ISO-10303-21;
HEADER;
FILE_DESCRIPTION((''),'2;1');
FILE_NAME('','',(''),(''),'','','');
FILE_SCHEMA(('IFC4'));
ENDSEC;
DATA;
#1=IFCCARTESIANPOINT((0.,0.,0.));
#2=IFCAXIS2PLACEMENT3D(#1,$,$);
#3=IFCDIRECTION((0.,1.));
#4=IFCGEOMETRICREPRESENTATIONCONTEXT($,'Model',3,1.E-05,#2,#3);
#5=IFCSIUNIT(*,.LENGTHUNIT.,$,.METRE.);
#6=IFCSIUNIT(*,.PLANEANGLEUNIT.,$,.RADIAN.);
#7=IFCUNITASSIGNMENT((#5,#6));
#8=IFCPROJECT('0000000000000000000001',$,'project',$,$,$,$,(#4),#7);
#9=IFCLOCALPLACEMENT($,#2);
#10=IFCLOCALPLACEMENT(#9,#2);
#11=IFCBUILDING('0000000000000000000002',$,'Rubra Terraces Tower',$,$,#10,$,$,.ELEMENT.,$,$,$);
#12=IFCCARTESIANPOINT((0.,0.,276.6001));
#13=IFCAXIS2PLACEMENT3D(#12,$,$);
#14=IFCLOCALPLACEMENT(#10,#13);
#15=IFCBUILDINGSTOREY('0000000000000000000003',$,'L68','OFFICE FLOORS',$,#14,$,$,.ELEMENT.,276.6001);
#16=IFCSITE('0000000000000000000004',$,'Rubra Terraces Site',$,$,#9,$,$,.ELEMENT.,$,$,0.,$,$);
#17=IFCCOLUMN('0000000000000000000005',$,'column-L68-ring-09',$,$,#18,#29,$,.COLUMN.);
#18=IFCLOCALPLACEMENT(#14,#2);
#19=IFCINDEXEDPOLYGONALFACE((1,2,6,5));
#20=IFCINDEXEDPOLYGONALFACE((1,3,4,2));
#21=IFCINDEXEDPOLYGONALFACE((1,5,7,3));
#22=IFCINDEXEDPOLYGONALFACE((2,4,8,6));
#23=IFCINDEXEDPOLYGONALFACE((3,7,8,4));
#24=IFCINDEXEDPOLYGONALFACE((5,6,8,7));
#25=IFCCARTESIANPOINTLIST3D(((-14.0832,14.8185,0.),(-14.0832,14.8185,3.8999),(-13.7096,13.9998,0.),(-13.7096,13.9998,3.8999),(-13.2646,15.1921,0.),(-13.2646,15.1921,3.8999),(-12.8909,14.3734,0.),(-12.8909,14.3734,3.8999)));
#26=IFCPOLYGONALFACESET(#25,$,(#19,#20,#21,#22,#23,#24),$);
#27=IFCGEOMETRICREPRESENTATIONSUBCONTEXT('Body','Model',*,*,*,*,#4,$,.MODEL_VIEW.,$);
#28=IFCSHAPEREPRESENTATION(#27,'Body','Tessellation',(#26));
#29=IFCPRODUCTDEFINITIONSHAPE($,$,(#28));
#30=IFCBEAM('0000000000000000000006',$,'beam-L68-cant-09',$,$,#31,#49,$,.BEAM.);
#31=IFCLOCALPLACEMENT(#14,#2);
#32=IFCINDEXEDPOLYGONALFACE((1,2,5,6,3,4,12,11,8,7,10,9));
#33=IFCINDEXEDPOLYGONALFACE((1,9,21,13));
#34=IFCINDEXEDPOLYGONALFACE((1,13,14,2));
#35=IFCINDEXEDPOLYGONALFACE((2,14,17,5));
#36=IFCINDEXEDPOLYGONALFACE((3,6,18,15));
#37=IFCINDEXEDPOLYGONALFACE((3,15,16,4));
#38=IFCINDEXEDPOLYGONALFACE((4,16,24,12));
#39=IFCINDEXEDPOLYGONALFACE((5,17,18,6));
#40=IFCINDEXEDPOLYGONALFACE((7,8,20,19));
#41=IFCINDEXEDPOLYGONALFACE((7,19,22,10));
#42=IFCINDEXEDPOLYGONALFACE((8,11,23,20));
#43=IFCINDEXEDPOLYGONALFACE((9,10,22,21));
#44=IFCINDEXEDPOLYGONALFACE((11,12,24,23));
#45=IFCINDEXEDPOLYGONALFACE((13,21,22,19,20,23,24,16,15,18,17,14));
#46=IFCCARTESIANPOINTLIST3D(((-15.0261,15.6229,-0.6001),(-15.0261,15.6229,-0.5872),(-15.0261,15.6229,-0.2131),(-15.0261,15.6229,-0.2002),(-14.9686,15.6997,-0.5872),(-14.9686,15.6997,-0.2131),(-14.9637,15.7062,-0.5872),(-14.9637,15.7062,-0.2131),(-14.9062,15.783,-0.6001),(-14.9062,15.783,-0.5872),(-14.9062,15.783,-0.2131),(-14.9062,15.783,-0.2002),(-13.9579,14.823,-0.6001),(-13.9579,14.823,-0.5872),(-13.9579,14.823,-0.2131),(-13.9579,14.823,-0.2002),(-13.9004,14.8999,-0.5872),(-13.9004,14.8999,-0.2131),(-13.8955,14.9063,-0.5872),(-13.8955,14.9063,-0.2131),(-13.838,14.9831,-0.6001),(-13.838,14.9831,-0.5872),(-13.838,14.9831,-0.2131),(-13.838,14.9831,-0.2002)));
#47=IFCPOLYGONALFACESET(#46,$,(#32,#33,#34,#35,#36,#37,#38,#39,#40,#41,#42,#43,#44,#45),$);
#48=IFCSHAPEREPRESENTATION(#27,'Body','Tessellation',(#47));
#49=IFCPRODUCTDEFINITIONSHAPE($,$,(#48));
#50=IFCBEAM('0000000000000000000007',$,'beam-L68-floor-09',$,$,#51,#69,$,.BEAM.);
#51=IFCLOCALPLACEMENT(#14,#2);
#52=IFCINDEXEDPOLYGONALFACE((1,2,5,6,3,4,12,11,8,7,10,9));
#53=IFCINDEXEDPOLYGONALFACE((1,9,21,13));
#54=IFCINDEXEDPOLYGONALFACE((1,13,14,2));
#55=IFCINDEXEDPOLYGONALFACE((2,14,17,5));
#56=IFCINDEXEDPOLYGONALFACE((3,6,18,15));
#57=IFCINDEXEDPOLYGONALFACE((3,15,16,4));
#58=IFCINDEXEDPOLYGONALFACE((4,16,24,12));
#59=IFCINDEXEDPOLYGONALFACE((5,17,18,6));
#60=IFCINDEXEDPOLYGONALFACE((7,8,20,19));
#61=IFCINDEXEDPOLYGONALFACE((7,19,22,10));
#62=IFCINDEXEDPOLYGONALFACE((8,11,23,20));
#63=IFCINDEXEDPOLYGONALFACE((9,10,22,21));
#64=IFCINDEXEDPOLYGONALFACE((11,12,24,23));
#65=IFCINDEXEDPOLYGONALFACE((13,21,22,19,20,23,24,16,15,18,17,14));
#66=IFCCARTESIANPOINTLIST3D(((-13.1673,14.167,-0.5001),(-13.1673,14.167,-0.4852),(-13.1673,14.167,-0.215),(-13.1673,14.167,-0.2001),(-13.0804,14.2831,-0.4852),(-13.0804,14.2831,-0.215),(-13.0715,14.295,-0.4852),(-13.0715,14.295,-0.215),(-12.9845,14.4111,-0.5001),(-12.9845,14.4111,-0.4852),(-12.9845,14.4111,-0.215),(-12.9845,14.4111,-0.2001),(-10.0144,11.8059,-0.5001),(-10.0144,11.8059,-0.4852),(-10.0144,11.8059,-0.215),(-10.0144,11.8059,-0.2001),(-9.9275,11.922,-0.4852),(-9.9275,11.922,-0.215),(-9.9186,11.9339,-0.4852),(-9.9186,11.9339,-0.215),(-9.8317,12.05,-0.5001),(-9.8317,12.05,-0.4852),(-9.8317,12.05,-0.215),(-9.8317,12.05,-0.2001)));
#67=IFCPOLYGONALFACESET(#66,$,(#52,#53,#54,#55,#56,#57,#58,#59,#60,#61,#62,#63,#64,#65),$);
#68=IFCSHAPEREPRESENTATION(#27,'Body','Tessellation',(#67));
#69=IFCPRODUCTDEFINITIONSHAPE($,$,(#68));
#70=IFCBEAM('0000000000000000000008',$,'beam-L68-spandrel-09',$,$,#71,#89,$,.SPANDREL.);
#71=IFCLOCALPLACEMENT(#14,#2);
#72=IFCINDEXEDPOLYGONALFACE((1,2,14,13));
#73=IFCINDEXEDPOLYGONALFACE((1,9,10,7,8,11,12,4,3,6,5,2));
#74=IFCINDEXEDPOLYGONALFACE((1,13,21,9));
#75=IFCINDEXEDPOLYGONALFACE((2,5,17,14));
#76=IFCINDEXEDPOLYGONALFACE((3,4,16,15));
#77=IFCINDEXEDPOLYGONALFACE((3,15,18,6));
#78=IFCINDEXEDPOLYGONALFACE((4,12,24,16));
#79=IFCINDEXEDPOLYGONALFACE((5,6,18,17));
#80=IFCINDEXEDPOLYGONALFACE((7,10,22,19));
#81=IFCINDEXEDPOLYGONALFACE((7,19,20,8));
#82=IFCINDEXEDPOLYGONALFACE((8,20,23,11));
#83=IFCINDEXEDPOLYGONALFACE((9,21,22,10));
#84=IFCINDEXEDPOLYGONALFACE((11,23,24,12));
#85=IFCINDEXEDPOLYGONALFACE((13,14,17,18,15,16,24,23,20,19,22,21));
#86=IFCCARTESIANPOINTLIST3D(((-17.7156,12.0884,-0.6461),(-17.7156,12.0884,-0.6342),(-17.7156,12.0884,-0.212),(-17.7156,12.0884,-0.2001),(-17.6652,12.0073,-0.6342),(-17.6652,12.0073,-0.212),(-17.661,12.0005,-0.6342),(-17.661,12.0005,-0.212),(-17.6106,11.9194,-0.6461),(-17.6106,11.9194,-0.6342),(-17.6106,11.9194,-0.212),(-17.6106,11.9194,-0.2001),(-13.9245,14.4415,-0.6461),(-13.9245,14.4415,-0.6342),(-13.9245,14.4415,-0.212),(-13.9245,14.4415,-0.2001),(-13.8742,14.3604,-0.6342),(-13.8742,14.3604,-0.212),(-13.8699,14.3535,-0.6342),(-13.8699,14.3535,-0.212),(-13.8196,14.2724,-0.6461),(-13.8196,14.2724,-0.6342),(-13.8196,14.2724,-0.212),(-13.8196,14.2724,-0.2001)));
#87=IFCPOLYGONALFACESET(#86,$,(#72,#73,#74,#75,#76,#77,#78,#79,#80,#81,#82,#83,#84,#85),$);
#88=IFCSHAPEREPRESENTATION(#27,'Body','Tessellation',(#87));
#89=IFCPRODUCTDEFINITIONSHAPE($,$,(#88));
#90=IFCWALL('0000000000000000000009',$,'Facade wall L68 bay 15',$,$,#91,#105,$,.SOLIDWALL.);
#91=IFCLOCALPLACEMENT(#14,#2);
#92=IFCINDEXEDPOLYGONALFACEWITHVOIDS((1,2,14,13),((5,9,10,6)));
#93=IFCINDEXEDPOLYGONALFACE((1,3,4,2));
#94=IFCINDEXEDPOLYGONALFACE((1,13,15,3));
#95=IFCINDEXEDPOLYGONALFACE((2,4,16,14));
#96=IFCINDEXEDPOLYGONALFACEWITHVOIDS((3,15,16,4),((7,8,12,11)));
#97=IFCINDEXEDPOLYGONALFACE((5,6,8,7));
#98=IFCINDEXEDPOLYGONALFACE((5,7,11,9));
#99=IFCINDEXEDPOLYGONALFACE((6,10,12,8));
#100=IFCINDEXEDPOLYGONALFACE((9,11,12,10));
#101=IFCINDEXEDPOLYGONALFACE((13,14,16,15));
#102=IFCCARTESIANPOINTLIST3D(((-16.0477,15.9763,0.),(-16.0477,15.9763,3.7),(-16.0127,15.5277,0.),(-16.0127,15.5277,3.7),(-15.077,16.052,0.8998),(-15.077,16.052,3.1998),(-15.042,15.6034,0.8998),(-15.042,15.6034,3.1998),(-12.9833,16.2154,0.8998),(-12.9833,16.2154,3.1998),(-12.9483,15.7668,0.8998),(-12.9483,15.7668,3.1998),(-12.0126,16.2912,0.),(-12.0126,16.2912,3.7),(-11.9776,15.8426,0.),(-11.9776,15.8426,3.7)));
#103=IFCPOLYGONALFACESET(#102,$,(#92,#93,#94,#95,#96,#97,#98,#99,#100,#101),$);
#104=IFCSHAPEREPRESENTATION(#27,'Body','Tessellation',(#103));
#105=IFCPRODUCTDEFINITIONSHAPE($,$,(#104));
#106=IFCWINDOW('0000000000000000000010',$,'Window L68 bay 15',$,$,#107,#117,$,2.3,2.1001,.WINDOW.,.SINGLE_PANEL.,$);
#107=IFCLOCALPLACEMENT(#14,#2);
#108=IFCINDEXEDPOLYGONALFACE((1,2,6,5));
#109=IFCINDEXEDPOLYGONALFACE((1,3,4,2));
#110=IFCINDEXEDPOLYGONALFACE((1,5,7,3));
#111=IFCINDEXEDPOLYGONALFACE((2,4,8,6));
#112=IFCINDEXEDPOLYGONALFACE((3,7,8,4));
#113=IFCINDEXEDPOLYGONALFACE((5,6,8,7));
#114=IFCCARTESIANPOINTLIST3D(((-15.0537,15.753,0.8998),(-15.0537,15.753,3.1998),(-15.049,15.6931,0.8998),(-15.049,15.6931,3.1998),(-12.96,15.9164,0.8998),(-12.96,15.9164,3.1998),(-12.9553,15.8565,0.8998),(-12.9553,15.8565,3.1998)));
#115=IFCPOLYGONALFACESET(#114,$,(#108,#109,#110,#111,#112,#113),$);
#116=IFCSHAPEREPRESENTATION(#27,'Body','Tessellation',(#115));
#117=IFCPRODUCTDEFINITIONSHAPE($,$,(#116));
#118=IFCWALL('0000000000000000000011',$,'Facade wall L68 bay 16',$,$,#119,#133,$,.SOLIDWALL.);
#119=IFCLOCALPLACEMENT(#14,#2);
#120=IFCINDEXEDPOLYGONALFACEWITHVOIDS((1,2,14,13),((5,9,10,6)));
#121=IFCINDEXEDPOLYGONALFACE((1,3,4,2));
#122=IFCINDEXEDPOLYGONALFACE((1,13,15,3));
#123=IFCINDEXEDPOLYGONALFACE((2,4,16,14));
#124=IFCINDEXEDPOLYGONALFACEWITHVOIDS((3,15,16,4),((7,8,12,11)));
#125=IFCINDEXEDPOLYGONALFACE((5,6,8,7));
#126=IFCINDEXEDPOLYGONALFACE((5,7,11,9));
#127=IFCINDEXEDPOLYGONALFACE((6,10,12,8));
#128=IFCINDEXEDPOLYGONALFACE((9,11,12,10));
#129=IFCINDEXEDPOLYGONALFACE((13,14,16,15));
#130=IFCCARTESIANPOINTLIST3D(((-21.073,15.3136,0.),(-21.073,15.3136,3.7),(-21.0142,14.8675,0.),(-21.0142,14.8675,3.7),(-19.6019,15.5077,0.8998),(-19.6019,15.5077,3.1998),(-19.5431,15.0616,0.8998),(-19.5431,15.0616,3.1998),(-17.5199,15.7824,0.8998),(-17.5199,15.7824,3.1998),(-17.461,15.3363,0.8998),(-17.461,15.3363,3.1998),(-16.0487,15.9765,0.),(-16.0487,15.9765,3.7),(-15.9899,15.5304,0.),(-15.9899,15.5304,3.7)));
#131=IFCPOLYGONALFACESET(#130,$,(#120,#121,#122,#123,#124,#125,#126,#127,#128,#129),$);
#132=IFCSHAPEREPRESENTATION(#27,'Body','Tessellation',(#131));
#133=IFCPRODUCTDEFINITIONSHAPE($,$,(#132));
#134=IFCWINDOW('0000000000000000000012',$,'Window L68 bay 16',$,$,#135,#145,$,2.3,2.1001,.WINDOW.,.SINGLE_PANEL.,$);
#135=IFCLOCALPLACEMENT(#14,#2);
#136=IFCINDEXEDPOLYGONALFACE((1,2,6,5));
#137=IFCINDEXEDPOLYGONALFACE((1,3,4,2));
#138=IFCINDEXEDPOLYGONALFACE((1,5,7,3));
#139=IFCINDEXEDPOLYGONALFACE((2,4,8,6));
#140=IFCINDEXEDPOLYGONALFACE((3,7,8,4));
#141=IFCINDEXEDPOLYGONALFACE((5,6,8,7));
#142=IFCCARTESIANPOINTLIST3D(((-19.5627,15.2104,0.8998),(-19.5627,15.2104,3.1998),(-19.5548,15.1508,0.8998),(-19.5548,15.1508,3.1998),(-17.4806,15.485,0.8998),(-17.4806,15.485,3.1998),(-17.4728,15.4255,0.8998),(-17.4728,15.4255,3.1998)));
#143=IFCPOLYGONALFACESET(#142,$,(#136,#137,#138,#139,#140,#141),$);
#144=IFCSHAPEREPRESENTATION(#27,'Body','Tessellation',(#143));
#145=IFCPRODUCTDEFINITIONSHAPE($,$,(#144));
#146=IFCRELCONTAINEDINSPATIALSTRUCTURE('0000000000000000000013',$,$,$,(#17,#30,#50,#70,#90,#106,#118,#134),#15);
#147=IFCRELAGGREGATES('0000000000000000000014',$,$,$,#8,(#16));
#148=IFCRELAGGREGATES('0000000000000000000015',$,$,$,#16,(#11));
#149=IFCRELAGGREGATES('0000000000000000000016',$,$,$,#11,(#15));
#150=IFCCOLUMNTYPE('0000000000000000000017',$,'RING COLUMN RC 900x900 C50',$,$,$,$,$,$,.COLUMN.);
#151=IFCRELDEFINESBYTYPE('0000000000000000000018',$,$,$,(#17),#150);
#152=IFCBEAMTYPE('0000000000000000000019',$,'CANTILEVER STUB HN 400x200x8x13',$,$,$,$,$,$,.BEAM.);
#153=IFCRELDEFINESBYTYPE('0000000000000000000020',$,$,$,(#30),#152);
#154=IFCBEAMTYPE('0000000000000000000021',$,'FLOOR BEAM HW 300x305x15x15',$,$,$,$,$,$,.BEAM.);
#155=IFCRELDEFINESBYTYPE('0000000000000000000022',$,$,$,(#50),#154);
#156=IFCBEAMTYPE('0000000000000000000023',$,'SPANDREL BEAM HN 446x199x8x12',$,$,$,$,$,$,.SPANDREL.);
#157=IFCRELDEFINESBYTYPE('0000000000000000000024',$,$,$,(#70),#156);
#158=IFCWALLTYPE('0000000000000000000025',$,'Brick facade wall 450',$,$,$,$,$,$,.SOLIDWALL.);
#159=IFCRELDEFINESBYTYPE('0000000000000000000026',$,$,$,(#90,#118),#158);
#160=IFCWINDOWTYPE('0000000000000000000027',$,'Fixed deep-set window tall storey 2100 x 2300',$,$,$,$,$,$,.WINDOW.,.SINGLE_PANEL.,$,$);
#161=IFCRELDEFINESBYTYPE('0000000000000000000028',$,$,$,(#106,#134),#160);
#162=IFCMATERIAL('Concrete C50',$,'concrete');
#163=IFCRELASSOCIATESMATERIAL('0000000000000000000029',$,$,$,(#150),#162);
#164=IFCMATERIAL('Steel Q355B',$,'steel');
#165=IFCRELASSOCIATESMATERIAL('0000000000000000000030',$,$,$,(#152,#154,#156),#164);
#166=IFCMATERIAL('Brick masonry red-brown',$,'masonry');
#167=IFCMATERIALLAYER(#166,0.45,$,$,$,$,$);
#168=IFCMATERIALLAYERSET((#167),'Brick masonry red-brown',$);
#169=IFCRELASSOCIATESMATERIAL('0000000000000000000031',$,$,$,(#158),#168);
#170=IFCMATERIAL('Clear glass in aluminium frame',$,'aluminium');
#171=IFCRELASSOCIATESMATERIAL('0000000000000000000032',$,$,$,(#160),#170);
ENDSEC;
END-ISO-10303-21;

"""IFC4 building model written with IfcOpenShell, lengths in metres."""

from ifc_helpers import new_model, si_unit, direction, frame, frame_2d, origin, origin_2d, place, context, subcontext, project, spatial, rectangle, i_section, extrude, material, layer, layer_set, material_profile, profile_set, type_object, element, fill, save


model = new_model("IFC4")

# Units and contexts
model_context = context("Model", 3, precision=1e-05, world=origin(), true_north=direction((0.0, 1.0)))
body_context = subcontext(model_context, "Body", "Model", "MODEL_VIEW")
ifc_project = project(units=[si_unit("LENGTHUNIT", "METRE"), si_unit("PLANEANGLEUNIT", "RADIAN")], contexts=[model_context])

# Site, building, storey
site_placement = place(None, origin())
site = spatial("IfcSite", under=ifc_project, at=site_placement, Name="Rubra Terraces Site", CompositionType="ELEMENT", RefElevation=0.0)
building_placement = place(site_placement, origin())
building = spatial("IfcBuilding", under=site, at=building_placement, Name="Rubra Terraces Tower", CompositionType="ELEMENT")
storey_placement = place(building_placement, frame((0.0, 0.0, 276.6001)))
storey = spatial("IfcBuildingStorey", under=building, at=storey_placement, Name="L68", Description="OFFICE FLOORS", CompositionType="ELEMENT", Elevation=276.6001)

# Column
ifc_material_1 = material(Name="Concrete C50", Category="concrete")
ifc_material_profile_1 = material_profile(ifc_material_1, rectangle(XDim=0.8999, YDim=0.8999, at=origin_2d()), Name="RC 900x900")
ifc_profile_set_1 = profile_set([ifc_material_profile_1], Name="Concrete C50")
column_type = type_object("IfcColumnType", Name="RING COLUMN RC 900x900 C50", PredefinedType="COLUMN", material=ifc_profile_set_1)
column_placement = place(storey_placement, frame((-13.4871, 14.5959, 0.0), z_axis=(0.0, 0.0, 1.0), x_axis=(-0.909726, -0.415208, 0.0)))
element("IfcColumn", 1, at=column_placement, inside=storey, type_object=column_type, Name="column-L68-ring-09", PredefinedType="COLUMN", context=body_context, shape_type="SweptSolid", body=[
    extrude(rectangle(XDim=0.8999, YDim=0.8999, at=origin_2d()), origin(), (0.0, 0.0, 1.0), 3.8999),
])

# Beams
ifc_material_2 = material(Name="Steel Q355B", Category="steel")
ifc_material_profile_2 = material_profile(ifc_material_2, i_section(OverallWidth=0.2, OverallDepth=0.3999, WebThickness=0.0081, FlangeThickness=0.0129, at=origin_2d()), Name="HN 400x200x8x13")
ifc_profile_set_2 = profile_set([ifc_material_profile_2], Name="Steel Q355B")
beam_type_1 = type_object("IfcBeamType", Name="CANTILEVER STUB HN 400x200x8x13", PredefinedType="BEAM", material=ifc_profile_set_2)
beam_1_placement = place(storey_placement, frame((-13.8979, 14.9031, -0.4001), z_axis=(-0.800461, 0.599385, 0.0), x_axis=(-0.599385, -0.800461, 0.0)))
element("IfcBeam", 2, at=beam_1_placement, inside=storey, type_object=beam_type_1, Name="beam-L68-cant-09", PredefinedType="BEAM", context=body_context, shape_type="SweptSolid", body=[
    extrude(i_section(OverallWidth=0.2, OverallDepth=0.3999, WebThickness=0.0081, FlangeThickness=0.0129, at=origin_2d()), origin(), (0.0, 0.0, 1.0), 1.3345),
])
ifc_material_profile_3 = material_profile(ifc_material_2, i_section(OverallWidth=0.3049, OverallDepth=0.3, WebThickness=0.0149, FlangeThickness=0.0149, at=origin_2d()), Name="HW 300x305x15x15")
ifc_profile_set_3 = profile_set([ifc_material_profile_3], Name="Steel Q355B")
beam_type_2 = type_object("IfcBeamType", Name="FLOOR BEAM HW 300x305x15x15", PredefinedType="BEAM", material=ifc_profile_set_3)
beam_2_placement = place(storey_placement, frame((-13.0759, 14.2891, -0.3501), z_axis=(0.800431, -0.599425, 0.0), x_axis=(0.599425, 0.800431, 0.0)))
element("IfcBeam", 3, at=beam_2_placement, inside=storey, type_object=beam_type_2, Name="beam-L68-floor-09", PredefinedType="BEAM", context=body_context, shape_type="SweptSolid", body=[
    extrude(i_section(OverallWidth=0.3049, OverallDepth=0.3, WebThickness=0.0149, FlangeThickness=0.0149, at=origin_2d()), origin(), (0.0, 0.0, 1.0), 3.939),
])
ifc_material_profile_4 = material_profile(ifc_material_2, i_section(OverallWidth=0.199, OverallDepth=0.446, WebThickness=0.0081, FlangeThickness=0.012, at=origin_2d()), Name="HN 446x199x8x12")
ifc_profile_set_4 = profile_set([ifc_material_profile_4], Name="Steel Q355B")
beam_type_3 = type_object("IfcBeamType", Name="SPANDREL BEAM HN 446x199x8x12", PredefinedType="SPANDREL", material=ifc_profile_set_4)
beam_3_placement = place(storey_placement, frame((-13.8721, 14.3569, -0.4231), z_axis=(-0.849642, -0.52736, 0.0), x_axis=(0.52736, -0.849642, 0.0)))
element("IfcBeam", 4, at=beam_3_placement, inside=storey, type_object=beam_type_3, Name="beam-L68-spandrel-09", PredefinedType="SPANDREL", context=body_context, shape_type="SweptSolid", body=[
    extrude(i_section(OverallWidth=0.199, OverallDepth=0.446, WebThickness=0.0081, FlangeThickness=0.012, at=origin_2d()), origin(), (0.0, 0.0, 1.0), 4.4619),
])

# Walls, openings, windows
ifc_material_3 = material(Name="Brick masonry red-brown", Category="masonry")
ifc_layer_1 = layer(ifc_material_3, 0.45)
ifc_layer_set_1 = layer_set([ifc_layer_1], Name="Brick masonry red-brown")
wall_type_1 = type_object("IfcWallType", Name="Brick facade wall 450", PredefinedType="SOLIDWALL", material=ifc_layer_set_1)
wall_1_placement = place(storey_placement, frame((-11.9951, 16.0669, 0.0), z_axis=(0.0, 0.0, 1.0), x_axis=(-0.996968, -0.077813, 0.0)))
wall_1 = element("IfcWall", 5, at=wall_1_placement, inside=storey, type_object=wall_type_1, Name="Facade wall L68 bay 15", PredefinedType="SOLIDWALL", context=body_context, shape_type="SweptSolid", body=[
    extrude(rectangle(XDim=4.0474, YDim=0.45, at=frame_2d((2.0237, 0.0))), origin(), (0.0, 0.0, 1.0), 3.7),
])
opening_1_placement = place(wall_1_placement, frame((0.9736, 0.0, 0.8999)))
opening_1 = element("IfcOpeningElement", 6, at=opening_1_placement, cuts=wall_1, PredefinedType="OPENING", context=body_context, shape_type="SweptSolid", body=[
    extrude(rectangle(XDim=2.1001, YDim=2.3, at=frame_2d((1.05, 1.1499))), frame((0.0, 0.2349, 0.0), z_axis=(0.0, -1.0, 0.0), x_axis=(1.0, 0.0, 0.0)), (0.0, 0.0, 1.0), 0.47),
])
ifc_material_4 = material(Name="Clear glass in aluminium frame", Category="aluminium")
window_type = type_object("IfcWindowType", Name="Fixed deep-set window tall storey 2100 x 2300", PartitioningType="SINGLE_PANEL", PredefinedType="WINDOW", material=ifc_material_4)
window_1_placement = place(opening_1_placement, origin())
window_1 = element("IfcWindow", 7, at=window_1_placement, inside=storey, type_object=window_type, Name="Window L68 bay 15", OverallHeight=2.3, OverallWidth=2.1001, PartitioningType="SINGLE_PANEL", PredefinedType="WINDOW", context=body_context, shape_type="SweptSolid", body=[
    extrude(rectangle(XDim=2.1001, YDim=2.3, at=frame_2d((1.05, 1.1499))), frame((0.0, 0.135, 0.0), z_axis=(0.0, -1.0, 0.0), x_axis=(1.0, 0.0, 0.0)), (0.0, 0.0, 1.0), 0.0601),
])
fill(opening_1, window_1)
wall_2_placement = place(storey_placement, frame((-16.0193, 15.7534, 0.0), z_axis=(0.0, 0.0, 1.0), x_axis=(-0.99141, -0.130791, 0.0)))
wall_2 = element("IfcWall", 8, at=wall_2_placement, inside=storey, type_object=wall_type_1, Name="Facade wall L68 bay 16", PredefinedType="SOLIDWALL", context=body_context, shape_type="SweptSolid", body=[
    extrude(rectangle(XDim=5.0679, YDim=0.45, at=frame_2d((2.5339, 0.0))), origin(), (0.0, 0.0, 1.0), 3.7),
])
opening_2_placement = place(wall_2_placement, frame((1.4839, 0.0, 0.8999)))
opening_2 = element("IfcOpeningElement", 9, at=opening_2_placement, cuts=wall_2, PredefinedType="OPENING", context=body_context, shape_type="SweptSolid", body=[
    extrude(rectangle(XDim=2.1001, YDim=2.3, at=frame_2d((1.05, 1.1499))), frame((0.0, 0.2349, 0.0), z_axis=(0.0, -1.0, 0.0), x_axis=(1.0, 0.0, 0.0)), (0.0, 0.0, 1.0), 0.47),
])
window_2_placement = place(opening_2_placement, origin())
window_2 = element("IfcWindow", 10, at=window_2_placement, inside=storey, type_object=window_type, Name="Window L68 bay 16", OverallHeight=2.3, OverallWidth=2.1001, PartitioningType="SINGLE_PANEL", PredefinedType="WINDOW", context=body_context, shape_type="SweptSolid", body=[
    extrude(rectangle(XDim=2.1001, YDim=2.3, at=frame_2d((1.05, 1.1499))), frame((0.0, 0.135, 0.0), z_axis=(0.0, -1.0, 0.0), x_axis=(1.0, 0.0, 0.0)), (0.0, 0.0, 1.0), 0.0601),
])
fill(opening_2, window_2)

save(model, "model.ifc")
